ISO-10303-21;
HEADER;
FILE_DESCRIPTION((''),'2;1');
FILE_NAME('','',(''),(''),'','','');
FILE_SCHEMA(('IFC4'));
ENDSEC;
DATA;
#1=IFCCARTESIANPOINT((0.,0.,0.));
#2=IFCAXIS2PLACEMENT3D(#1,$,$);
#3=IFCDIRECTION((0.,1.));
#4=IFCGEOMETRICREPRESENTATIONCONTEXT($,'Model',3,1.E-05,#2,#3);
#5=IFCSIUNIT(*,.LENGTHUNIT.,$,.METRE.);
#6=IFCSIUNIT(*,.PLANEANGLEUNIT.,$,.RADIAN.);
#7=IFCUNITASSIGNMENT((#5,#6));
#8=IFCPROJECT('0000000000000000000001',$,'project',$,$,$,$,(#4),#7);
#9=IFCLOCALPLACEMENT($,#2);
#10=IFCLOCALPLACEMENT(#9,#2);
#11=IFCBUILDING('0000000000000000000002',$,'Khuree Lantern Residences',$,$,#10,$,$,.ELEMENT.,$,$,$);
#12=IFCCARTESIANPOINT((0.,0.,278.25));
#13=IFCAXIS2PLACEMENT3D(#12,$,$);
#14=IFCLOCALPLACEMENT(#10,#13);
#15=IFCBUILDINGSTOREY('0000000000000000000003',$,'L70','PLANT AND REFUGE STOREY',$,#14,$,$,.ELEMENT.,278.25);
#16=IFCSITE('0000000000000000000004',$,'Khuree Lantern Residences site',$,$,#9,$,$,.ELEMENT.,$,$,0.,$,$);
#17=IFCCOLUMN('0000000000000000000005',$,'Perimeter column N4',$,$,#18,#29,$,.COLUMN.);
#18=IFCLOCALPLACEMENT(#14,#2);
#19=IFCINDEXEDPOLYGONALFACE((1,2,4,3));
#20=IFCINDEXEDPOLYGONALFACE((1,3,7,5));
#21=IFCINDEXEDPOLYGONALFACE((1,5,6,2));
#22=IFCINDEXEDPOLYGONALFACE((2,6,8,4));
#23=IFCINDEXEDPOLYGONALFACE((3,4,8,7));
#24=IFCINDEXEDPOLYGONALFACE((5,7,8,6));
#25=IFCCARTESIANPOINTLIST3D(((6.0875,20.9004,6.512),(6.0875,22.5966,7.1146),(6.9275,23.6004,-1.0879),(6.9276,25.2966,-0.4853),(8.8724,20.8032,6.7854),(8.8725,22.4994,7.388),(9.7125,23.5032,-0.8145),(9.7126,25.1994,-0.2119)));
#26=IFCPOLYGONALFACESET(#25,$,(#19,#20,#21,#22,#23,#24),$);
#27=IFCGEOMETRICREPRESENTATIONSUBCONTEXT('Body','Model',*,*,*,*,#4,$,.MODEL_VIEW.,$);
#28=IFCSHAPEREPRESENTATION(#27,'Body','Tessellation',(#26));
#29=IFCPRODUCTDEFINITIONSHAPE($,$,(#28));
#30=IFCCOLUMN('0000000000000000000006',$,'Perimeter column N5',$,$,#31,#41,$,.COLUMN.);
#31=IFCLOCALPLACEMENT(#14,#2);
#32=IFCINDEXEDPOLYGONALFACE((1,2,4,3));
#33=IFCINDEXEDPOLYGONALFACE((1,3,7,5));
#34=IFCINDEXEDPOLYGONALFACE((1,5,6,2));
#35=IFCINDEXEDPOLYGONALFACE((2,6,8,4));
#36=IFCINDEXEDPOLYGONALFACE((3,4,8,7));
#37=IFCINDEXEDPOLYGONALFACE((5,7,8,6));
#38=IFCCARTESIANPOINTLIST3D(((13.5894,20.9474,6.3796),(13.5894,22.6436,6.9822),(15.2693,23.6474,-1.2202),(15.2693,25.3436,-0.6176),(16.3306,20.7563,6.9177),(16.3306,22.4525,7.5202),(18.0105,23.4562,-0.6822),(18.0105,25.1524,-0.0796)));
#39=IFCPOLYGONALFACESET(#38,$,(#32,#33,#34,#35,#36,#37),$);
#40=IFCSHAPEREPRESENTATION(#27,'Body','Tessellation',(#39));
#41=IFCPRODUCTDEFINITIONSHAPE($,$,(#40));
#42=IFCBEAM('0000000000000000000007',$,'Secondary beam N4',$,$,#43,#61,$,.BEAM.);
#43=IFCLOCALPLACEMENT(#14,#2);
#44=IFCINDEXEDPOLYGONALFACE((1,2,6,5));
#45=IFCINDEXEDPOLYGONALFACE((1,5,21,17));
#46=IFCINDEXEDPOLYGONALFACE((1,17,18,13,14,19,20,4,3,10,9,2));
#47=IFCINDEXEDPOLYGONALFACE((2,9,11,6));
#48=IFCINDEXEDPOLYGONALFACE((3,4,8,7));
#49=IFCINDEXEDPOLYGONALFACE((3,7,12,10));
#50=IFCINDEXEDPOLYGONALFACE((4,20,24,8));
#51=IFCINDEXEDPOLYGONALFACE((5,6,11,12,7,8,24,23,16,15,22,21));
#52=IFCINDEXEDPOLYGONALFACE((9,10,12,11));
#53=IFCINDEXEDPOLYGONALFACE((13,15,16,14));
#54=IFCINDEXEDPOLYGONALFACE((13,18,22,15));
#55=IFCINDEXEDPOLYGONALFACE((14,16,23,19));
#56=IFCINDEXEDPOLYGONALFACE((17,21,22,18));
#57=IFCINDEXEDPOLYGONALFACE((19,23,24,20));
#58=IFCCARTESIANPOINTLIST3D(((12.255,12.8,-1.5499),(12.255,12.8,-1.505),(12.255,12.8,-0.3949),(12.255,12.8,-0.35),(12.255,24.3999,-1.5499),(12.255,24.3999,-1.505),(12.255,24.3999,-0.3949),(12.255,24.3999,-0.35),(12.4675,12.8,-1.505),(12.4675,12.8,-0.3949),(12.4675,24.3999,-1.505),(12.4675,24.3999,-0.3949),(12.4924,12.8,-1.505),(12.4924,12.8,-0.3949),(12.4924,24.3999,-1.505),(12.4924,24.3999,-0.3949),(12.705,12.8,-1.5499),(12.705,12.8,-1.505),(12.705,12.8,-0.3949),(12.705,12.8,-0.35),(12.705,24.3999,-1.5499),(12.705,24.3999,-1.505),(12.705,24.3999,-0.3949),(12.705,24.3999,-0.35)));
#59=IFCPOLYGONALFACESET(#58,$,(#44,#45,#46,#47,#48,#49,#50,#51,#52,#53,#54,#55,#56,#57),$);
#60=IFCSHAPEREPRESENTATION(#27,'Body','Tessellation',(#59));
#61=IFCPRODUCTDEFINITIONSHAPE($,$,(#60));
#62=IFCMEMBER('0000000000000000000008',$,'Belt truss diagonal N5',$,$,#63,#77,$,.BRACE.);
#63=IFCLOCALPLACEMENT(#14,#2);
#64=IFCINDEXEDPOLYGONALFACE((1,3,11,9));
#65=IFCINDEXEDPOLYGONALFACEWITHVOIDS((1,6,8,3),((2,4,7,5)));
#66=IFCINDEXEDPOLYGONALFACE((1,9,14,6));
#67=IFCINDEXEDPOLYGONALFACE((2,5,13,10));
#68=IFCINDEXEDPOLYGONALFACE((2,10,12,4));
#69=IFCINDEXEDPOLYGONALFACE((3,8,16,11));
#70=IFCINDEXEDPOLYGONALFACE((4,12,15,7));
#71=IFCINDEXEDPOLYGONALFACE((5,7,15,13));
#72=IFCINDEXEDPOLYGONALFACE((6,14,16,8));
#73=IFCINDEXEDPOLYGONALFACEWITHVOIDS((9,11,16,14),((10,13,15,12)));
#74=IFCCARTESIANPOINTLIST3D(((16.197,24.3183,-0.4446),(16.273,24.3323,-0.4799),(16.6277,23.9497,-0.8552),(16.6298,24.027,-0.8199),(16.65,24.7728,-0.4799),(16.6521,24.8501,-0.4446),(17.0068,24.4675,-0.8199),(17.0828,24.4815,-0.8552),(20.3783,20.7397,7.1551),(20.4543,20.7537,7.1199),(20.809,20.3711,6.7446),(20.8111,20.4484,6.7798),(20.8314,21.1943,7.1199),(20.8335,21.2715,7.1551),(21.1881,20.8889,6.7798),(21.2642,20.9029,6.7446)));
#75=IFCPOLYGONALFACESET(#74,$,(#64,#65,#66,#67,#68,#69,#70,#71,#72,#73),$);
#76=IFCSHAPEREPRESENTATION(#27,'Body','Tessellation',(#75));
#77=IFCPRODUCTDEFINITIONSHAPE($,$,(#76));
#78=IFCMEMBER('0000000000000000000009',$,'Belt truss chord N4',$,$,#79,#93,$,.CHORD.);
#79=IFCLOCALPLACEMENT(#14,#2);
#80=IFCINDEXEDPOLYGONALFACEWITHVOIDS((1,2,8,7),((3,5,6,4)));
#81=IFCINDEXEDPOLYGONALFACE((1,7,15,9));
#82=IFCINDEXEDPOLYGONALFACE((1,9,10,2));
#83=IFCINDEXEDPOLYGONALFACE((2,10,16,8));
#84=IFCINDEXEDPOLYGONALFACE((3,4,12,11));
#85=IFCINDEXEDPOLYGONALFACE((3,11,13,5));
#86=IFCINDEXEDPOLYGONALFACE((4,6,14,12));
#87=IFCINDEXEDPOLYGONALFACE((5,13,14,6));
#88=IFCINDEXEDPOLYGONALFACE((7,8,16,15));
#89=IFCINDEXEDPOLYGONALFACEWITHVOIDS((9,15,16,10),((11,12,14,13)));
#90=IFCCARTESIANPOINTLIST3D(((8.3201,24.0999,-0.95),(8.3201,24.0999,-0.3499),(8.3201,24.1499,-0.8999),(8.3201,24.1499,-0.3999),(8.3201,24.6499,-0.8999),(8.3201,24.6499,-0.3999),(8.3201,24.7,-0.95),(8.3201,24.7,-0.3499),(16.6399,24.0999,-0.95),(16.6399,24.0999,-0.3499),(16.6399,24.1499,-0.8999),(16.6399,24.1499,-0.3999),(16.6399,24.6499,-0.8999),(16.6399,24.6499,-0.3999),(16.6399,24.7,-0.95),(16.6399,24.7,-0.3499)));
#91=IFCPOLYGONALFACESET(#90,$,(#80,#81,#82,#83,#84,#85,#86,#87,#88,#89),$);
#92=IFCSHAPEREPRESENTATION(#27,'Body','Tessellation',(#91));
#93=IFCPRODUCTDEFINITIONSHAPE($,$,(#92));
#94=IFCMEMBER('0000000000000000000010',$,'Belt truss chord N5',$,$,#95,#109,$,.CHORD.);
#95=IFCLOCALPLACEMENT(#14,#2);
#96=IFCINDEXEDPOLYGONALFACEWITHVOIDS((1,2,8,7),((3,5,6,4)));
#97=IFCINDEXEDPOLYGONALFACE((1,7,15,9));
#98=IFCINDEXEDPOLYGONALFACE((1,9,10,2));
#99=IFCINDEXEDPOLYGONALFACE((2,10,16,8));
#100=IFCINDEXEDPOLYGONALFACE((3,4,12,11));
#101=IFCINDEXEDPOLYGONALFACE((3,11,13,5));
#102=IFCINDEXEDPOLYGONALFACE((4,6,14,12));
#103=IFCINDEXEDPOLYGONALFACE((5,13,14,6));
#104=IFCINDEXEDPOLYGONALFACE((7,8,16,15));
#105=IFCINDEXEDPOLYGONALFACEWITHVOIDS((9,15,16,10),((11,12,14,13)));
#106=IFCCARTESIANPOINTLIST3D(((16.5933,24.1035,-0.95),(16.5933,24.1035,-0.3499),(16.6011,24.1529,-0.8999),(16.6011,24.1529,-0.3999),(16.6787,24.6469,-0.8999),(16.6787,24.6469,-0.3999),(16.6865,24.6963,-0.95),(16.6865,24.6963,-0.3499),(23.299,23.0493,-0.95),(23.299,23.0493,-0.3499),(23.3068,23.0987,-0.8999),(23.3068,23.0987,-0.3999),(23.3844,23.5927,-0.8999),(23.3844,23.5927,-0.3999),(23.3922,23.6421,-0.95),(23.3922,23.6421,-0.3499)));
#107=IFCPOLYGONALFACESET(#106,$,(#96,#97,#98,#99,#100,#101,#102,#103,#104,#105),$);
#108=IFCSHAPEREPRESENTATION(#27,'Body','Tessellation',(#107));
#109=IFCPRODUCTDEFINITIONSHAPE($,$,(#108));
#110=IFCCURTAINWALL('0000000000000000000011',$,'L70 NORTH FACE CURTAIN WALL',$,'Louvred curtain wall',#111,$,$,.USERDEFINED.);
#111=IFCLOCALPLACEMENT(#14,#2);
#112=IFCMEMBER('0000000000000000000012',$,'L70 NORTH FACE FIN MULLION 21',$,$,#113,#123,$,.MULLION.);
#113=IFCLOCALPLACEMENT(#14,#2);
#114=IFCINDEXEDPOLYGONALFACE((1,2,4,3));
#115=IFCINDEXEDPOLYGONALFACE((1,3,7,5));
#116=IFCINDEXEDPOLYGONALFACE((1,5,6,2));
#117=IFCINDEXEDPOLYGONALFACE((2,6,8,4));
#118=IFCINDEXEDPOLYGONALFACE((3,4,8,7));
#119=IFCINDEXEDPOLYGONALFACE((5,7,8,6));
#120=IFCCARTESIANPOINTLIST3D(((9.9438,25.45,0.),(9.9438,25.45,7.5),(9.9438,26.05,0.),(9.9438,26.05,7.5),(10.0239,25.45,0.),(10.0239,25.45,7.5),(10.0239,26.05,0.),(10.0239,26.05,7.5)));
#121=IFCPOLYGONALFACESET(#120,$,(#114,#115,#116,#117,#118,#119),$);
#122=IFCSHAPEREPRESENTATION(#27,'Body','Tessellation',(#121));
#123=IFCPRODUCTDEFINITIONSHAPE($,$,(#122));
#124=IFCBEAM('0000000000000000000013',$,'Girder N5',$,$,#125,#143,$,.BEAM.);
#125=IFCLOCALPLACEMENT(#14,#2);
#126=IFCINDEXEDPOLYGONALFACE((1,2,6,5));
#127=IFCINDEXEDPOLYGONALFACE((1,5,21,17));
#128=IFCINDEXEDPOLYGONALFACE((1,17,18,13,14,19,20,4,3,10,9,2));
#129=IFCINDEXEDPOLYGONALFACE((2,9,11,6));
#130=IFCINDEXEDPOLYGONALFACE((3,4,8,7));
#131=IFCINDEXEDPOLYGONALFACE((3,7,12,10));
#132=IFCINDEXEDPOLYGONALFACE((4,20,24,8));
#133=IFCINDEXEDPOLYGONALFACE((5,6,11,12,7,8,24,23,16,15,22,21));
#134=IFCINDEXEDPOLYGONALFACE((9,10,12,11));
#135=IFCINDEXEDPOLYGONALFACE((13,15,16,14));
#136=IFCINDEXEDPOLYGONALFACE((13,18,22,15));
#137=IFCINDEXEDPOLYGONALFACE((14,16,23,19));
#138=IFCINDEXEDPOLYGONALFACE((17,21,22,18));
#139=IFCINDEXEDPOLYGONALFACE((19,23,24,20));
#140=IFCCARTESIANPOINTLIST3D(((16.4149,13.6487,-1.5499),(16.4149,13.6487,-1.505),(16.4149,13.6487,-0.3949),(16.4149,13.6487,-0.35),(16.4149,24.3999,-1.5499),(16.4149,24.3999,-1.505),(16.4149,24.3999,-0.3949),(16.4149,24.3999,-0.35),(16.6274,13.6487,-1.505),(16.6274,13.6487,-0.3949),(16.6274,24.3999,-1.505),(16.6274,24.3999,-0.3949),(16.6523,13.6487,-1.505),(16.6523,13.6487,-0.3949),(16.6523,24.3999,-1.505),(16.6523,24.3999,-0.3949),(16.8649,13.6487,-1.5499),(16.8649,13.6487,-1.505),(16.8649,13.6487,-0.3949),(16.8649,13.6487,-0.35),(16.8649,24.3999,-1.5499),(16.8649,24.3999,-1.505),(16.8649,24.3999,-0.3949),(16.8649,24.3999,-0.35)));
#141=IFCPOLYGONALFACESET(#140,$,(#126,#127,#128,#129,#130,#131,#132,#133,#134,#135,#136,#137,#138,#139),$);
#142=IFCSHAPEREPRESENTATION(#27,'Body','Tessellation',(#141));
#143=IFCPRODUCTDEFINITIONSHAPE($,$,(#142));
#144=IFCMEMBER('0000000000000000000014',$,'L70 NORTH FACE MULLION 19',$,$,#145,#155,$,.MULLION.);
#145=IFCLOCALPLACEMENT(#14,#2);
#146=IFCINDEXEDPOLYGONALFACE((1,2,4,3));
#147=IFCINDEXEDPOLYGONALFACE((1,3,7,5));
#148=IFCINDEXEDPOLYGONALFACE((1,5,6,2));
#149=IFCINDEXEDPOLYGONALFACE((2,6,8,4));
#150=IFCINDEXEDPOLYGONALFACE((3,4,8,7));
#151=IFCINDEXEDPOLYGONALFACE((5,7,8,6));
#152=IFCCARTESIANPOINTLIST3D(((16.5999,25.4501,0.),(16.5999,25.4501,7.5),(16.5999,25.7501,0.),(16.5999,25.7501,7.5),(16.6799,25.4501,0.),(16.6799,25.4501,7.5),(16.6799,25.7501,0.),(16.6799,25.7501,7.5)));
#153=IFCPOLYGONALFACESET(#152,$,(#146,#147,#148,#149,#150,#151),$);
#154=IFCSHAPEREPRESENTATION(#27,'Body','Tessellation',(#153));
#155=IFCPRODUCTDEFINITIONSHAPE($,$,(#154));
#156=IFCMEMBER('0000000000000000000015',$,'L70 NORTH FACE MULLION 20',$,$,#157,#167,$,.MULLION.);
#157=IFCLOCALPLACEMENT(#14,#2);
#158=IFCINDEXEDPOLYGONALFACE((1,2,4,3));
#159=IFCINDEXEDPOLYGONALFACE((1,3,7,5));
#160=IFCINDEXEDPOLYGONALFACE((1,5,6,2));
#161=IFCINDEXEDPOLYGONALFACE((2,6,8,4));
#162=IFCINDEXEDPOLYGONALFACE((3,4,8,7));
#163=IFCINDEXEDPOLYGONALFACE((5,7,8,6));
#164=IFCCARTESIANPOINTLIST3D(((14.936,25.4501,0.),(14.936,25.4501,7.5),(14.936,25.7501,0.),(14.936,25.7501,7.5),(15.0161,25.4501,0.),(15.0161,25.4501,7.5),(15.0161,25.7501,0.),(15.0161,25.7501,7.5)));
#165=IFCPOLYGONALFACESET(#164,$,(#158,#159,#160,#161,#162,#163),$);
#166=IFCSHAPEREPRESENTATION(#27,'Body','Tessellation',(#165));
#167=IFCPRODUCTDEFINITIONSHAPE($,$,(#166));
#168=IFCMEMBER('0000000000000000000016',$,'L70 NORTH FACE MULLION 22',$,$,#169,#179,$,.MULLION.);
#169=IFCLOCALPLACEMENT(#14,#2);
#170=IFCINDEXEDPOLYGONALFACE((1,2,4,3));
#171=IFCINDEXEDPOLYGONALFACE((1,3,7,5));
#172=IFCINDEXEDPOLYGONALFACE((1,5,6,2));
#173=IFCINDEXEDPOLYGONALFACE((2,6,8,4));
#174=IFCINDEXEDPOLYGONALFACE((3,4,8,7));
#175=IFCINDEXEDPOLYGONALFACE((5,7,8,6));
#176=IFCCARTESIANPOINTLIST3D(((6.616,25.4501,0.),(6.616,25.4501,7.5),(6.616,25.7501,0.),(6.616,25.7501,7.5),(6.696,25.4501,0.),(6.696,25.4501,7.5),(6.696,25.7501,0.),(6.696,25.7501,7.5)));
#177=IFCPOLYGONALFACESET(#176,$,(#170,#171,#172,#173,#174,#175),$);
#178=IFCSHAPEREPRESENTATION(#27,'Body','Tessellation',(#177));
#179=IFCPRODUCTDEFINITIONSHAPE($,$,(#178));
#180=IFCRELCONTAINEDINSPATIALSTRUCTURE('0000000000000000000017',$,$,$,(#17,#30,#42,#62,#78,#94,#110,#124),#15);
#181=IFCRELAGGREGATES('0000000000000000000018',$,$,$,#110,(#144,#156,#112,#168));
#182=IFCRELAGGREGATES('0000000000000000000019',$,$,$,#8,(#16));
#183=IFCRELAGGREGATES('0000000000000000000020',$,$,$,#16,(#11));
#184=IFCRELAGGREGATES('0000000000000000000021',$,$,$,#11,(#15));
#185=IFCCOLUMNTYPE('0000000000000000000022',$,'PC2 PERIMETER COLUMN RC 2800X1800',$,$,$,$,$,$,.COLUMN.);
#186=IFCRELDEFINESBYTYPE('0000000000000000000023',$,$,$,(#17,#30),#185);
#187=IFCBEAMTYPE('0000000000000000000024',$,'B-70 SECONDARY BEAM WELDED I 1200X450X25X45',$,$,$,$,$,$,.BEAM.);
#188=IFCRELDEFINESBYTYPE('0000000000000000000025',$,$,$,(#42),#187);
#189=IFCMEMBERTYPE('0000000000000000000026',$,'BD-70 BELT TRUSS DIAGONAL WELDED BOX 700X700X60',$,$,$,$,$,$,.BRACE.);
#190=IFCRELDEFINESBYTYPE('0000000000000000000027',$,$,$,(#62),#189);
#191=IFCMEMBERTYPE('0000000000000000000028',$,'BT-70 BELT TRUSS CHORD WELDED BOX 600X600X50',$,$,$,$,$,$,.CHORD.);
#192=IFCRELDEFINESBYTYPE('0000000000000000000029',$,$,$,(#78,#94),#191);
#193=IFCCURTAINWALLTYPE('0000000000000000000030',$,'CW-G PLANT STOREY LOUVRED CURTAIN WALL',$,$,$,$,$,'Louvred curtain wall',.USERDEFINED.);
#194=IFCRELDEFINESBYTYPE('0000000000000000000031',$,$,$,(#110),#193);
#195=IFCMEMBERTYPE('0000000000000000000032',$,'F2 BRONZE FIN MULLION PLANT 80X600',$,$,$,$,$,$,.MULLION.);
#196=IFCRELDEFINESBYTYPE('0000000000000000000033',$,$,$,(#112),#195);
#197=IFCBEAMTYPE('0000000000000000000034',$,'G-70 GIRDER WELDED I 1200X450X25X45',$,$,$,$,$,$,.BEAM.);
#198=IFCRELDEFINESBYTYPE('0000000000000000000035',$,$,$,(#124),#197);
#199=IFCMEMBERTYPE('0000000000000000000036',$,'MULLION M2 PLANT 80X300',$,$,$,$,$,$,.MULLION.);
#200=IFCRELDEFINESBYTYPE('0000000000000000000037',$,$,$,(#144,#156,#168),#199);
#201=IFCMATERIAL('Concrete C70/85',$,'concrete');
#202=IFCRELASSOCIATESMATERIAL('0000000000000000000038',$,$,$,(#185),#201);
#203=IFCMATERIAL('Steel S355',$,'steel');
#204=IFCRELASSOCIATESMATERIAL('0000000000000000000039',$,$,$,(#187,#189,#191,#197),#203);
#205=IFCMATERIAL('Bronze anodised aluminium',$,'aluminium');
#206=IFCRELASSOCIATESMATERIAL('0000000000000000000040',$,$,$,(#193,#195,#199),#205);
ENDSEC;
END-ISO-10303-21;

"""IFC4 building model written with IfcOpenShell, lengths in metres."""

from ifc_helpers import new_model, si_unit, direction, frame, origin, origin_2d, place, context, subcontext, project, spatial, rectangle, hollow_rectangle, i_section, extrude, material, material_profile, profile_set, type_object, element, aggregate, save


model = new_model("IFC4")

# Units and contexts
model_context = context("Model", 3, precision=1e-05, world=origin(), true_north=direction((0.0, 1.0)))
body_context = subcontext(model_context, "Body", "Model", "MODEL_VIEW")
ifc_project = project(units=[si_unit("LENGTHUNIT", "METRE"), si_unit("PLANEANGLEUNIT", "RADIAN")], contexts=[model_context])

# Site, building, storey
site_placement = place(None, origin())
site = spatial("IfcSite", under=ifc_project, at=site_placement, Name="Khuree Lantern Residences site", CompositionType="ELEMENT", RefElevation=0.0)
building_placement = place(site_placement, origin())
building = spatial("IfcBuilding", under=site, at=building_placement, Name="Khuree Lantern Residences", CompositionType="ELEMENT")
storey_placement = place(building_placement, frame((0.0, 0.0, 278.25)))
storey = spatial("IfcBuildingStorey", under=building, at=storey_placement, Name="L70", Description="PLANT AND REFUGE STOREY", CompositionType="ELEMENT", Elevation=278.25)

# Columns
ifc_material_1 = material(Name="Concrete C70/85", Category="concrete")
ifc_material_profile_1 = material_profile(ifc_material_1, rectangle(XDim=2.8, YDim=1.8, at=origin_2d()), Name="RC 2800X1800")
ifc_profile_set_1 = profile_set([ifc_material_profile_1], Name="Concrete C70/85")
column_type = type_object("IfcColumnType", Name="PC2 PERIMETER COLUMN RC 2800X1800", PredefinedType="COLUMN", material=ifc_profile_set_1)
column_1_placement = place(storey_placement, frame((8.3201, 24.3999, -0.6499), z_axis=(-0.103602, -0.332964, 0.937231), x_axis=(0.994619, -0.034713, 0.097613)))
element("IfcColumn", 1, at=column_1_placement, inside=storey, type_object=column_type, Name="Perimeter column N4", PredefinedType="COLUMN", context=body_context, shape_type="SweptSolid", body=[
    extrude(rectangle(XDim=2.8, YDim=1.8, at=origin_2d()), origin(), (0.0, 0.0, 1.0), 8.1089),
])
column_2_placement = place(storey_placement, frame((16.6399, 24.3999, -0.6499), z_axis=(-0.203917, -0.327731, 0.922502), x_axis=(0.978988, -0.068256, 0.192155)))
element("IfcColumn", 2, at=column_2_placement, inside=storey, type_object=column_type, Name="Perimeter column N5", PredefinedType="COLUMN", context=body_context, shape_type="SweptSolid", body=[
    extrude(rectangle(XDim=2.8, YDim=1.8, at=origin_2d()), origin(), (0.0, 0.0, 1.0), 8.2383),
])

# Beam
ifc_material_2 = material(Name="Steel S355", Category="steel")
ifc_material_profile_2 = material_profile(ifc_material_2, i_section(OverallWidth=0.45, OverallDepth=1.2, WebThickness=0.0249, FlangeThickness=0.0449, at=origin_2d()), Name="WELDED I 1200X450X25X45")
ifc_profile_set_2 = profile_set([ifc_material_profile_2], Name="Steel S355")
beam_type_1 = type_object("IfcBeamType", Name="B-70 SECONDARY BEAM WELDED I 1200X450X25X45", PredefinedType="BEAM", material=ifc_profile_set_2)
beam_1_placement = place(storey_placement, frame((12.48, 24.3999, -0.95), z_axis=(0.0, -1.0, 0.0), x_axis=(1.0, 0.0, 0.0)))
element("IfcBeam", 3, at=beam_1_placement, inside=storey, type_object=beam_type_1, Name="Secondary beam N4", PredefinedType="BEAM", context=body_context, shape_type="SweptSolid", body=[
    extrude(i_section(OverallWidth=0.45, OverallDepth=1.2, WebThickness=0.0249, FlangeThickness=0.0449, at=origin_2d()), origin(), (0.0, 0.0, 1.0), 11.5999),
])

# Members
ifc_material_profile_3 = material_profile(ifc_material_2, hollow_rectangle(XDim=0.7, YDim=0.7, WallThickness=0.0601, at=origin_2d()), Name="WELDED BOX 700X700X60")
ifc_profile_set_3 = profile_set([ifc_material_profile_3], Name="Steel S355")
member_type_1 = type_object("IfcMemberType", Name="BD-70 BELT TRUSS DIAGONAL WELDED BOX 700X700X60", PredefinedType="BRACE", material=ifc_profile_set_3)
member_1_placement = place(storey_placement, frame((16.6399, 24.3999, -0.6499), z_axis=(0.445616, -0.381377, 0.809925), x_axis=(0.650221, 0.759745, 0.0)))
element("IfcMember", 4, at=member_1_placement, inside=storey, type_object=member_type_1, Name="Belt truss diagonal N5", PredefinedType="BRACE", context=body_context, shape_type="SweptSolid", body=[
    extrude(hollow_rectangle(XDim=0.7, YDim=0.7, WallThickness=0.0601, at=origin_2d()), origin(), (0.0, 0.0, 1.0), 9.3833),
])
ifc_material_profile_4 = material_profile(ifc_material_2, hollow_rectangle(XDim=0.6001, YDim=0.6001, WallThickness=0.05, at=origin_2d()), Name="WELDED BOX 600X600X50")
ifc_profile_set_4 = profile_set([ifc_material_profile_4], Name="Steel S355")
member_type_2 = type_object("IfcMemberType", Name="BT-70 BELT TRUSS CHORD WELDED BOX 600X600X50", PredefinedType="CHORD", material=ifc_profile_set_4)
member_2_placement = place(storey_placement, frame((8.3201, 24.3999, -0.6499), z_axis=(1.0, 0.0, 0.0), x_axis=(0.0, 1.0, 0.0)))
element("IfcMember", 5, at=member_2_placement, inside=storey, type_object=member_type_2, Name="Belt truss chord N4", PredefinedType="CHORD", context=body_context, shape_type="SweptSolid", body=[
    extrude(hollow_rectangle(XDim=0.6001, YDim=0.6001, WallThickness=0.05, at=origin_2d()), origin(), (0.0, 0.0, 1.0), 8.3198),
])
member_3_placement = place(storey_placement, frame((16.6399, 24.3999, -0.6499), z_axis=(0.987867, -0.1553, 0.0), x_axis=(0.1553, 0.987867, 0.0)))
element("IfcMember", 6, at=member_3_placement, inside=storey, type_object=member_type_2, Name="Belt truss chord N5", PredefinedType="CHORD", context=body_context, shape_type="SweptSolid", body=[
    extrude(hollow_rectangle(XDim=0.6001, YDim=0.6001, WallThickness=0.05, at=origin_2d()), origin(), (0.0, 0.0, 1.0), 6.7881),
])

# Curtain wall, member
ifc_material_3 = material(Name="Bronze anodised aluminium", Category="aluminium")
curtain_wall_type = type_object("IfcCurtainWallType", Name="CW-G PLANT STOREY LOUVRED CURTAIN WALL", ElementType="Louvred curtain wall", PredefinedType="USERDEFINED", material=ifc_material_3)
curtain_wall_placement = place(storey_placement, origin())
curtain_wall = element("IfcCurtainWall", 7, at=curtain_wall_placement, inside=storey, type_object=curtain_wall_type, Name="L70 NORTH FACE CURTAIN WALL", ObjectType="Louvred curtain wall", PredefinedType="USERDEFINED")
ifc_material_profile_5 = material_profile(ifc_material_3, rectangle(XDim=0.0801, YDim=0.6001, at=origin_2d()), Name="F2 80X600")
ifc_profile_set_5 = profile_set([ifc_material_profile_5], Name="Bronze anodised aluminium")
member_type_3 = type_object("IfcMemberType", Name="F2 BRONZE FIN MULLION PLANT 80X600", PredefinedType="MULLION", material=ifc_profile_set_5)
member_4_placement = place(storey_placement, frame((9.9839, 25.75, 0.0), z_axis=(0.0, 0.0, 1.0), x_axis=(-1.0, 0.0, 0.0)))
member_4 = element("IfcMember", 8, at=member_4_placement, type_object=member_type_3, Name="L70 NORTH FACE FIN MULLION 21", PredefinedType="MULLION", context=body_context, shape_type="SweptSolid", body=[
    extrude(rectangle(XDim=0.0801, YDim=0.6001, at=origin_2d()), origin(), (0.0, 0.0, 1.0), 7.5),
])

# Beam
ifc_material_profile_6 = material_profile(ifc_material_2, i_section(OverallWidth=0.45, OverallDepth=1.2, WebThickness=0.0249, FlangeThickness=0.0449, at=origin_2d()), Name="WELDED I 1200X450X25X45")
ifc_profile_set_6 = profile_set([ifc_material_profile_6], Name="Steel S355")
beam_type_2 = type_object("IfcBeamType", Name="G-70 GIRDER WELDED I 1200X450X25X45", PredefinedType="BEAM", material=ifc_profile_set_6)
beam_2_placement = place(storey_placement, frame((16.6399, 24.3999, -0.95), z_axis=(0.0, -1.0, 0.0), x_axis=(1.0, 0.0, 0.0)))
element("IfcBeam", 9, at=beam_2_placement, inside=storey, type_object=beam_type_2, Name="Girder N5", PredefinedType="BEAM", context=body_context, shape_type="SweptSolid", body=[
    extrude(i_section(OverallWidth=0.45, OverallDepth=1.2, WebThickness=0.0249, FlangeThickness=0.0449, at=origin_2d()), origin(), (0.0, 0.0, 1.0), 10.7512),
])

# Members
ifc_material_profile_7 = material_profile(ifc_material_3, rectangle(XDim=0.0801, YDim=0.3, at=origin_2d()), Name="M2 80X300")
ifc_profile_set_7 = profile_set([ifc_material_profile_7], Name="Bronze anodised aluminium")
member_type_4 = type_object("IfcMemberType", Name="MULLION M2 PLANT 80X300", PredefinedType="MULLION", material=ifc_profile_set_7)
member_5_placement = place(storey_placement, frame((16.6399, 25.6001, 0.0), z_axis=(0.0, 0.0, 1.0), x_axis=(-1.0, 0.0, 0.0)))
member_5 = element("IfcMember", 10, at=member_5_placement, type_object=member_type_4, Name="L70 NORTH FACE MULLION 19", PredefinedType="MULLION", context=body_context, shape_type="SweptSolid", body=[
    extrude(rectangle(XDim=0.0801, YDim=0.3, at=origin_2d()), origin(), (0.0, 0.0, 1.0), 7.5),
])
member_6_placement = place(storey_placement, frame((14.9761, 25.6001, 0.0), z_axis=(0.0, 0.0, 1.0), x_axis=(-1.0, 0.0, 0.0)))
member_6 = element("IfcMember", 11, at=member_6_placement, type_object=member_type_4, Name="L70 NORTH FACE MULLION 20", PredefinedType="MULLION", context=body_context, shape_type="SweptSolid", body=[
    extrude(rectangle(XDim=0.0801, YDim=0.3, at=origin_2d()), origin(), (0.0, 0.0, 1.0), 7.5),
])
member_7_placement = place(storey_placement, frame((6.656, 25.6001, 0.0), z_axis=(0.0, 0.0, 1.0), x_axis=(-1.0, 0.0, 0.0)))
member_7 = element("IfcMember", 12, at=member_7_placement, type_object=member_type_4, Name="L70 NORTH FACE MULLION 22", PredefinedType="MULLION", context=body_context, shape_type="SweptSolid", body=[
    extrude(rectangle(XDim=0.0801, YDim=0.3, at=origin_2d()), origin(), (0.0, 0.0, 1.0), 7.5),
])

aggregate(curtain_wall, [member_5, member_6, member_4, member_7])

save(model, "model.ifc")
